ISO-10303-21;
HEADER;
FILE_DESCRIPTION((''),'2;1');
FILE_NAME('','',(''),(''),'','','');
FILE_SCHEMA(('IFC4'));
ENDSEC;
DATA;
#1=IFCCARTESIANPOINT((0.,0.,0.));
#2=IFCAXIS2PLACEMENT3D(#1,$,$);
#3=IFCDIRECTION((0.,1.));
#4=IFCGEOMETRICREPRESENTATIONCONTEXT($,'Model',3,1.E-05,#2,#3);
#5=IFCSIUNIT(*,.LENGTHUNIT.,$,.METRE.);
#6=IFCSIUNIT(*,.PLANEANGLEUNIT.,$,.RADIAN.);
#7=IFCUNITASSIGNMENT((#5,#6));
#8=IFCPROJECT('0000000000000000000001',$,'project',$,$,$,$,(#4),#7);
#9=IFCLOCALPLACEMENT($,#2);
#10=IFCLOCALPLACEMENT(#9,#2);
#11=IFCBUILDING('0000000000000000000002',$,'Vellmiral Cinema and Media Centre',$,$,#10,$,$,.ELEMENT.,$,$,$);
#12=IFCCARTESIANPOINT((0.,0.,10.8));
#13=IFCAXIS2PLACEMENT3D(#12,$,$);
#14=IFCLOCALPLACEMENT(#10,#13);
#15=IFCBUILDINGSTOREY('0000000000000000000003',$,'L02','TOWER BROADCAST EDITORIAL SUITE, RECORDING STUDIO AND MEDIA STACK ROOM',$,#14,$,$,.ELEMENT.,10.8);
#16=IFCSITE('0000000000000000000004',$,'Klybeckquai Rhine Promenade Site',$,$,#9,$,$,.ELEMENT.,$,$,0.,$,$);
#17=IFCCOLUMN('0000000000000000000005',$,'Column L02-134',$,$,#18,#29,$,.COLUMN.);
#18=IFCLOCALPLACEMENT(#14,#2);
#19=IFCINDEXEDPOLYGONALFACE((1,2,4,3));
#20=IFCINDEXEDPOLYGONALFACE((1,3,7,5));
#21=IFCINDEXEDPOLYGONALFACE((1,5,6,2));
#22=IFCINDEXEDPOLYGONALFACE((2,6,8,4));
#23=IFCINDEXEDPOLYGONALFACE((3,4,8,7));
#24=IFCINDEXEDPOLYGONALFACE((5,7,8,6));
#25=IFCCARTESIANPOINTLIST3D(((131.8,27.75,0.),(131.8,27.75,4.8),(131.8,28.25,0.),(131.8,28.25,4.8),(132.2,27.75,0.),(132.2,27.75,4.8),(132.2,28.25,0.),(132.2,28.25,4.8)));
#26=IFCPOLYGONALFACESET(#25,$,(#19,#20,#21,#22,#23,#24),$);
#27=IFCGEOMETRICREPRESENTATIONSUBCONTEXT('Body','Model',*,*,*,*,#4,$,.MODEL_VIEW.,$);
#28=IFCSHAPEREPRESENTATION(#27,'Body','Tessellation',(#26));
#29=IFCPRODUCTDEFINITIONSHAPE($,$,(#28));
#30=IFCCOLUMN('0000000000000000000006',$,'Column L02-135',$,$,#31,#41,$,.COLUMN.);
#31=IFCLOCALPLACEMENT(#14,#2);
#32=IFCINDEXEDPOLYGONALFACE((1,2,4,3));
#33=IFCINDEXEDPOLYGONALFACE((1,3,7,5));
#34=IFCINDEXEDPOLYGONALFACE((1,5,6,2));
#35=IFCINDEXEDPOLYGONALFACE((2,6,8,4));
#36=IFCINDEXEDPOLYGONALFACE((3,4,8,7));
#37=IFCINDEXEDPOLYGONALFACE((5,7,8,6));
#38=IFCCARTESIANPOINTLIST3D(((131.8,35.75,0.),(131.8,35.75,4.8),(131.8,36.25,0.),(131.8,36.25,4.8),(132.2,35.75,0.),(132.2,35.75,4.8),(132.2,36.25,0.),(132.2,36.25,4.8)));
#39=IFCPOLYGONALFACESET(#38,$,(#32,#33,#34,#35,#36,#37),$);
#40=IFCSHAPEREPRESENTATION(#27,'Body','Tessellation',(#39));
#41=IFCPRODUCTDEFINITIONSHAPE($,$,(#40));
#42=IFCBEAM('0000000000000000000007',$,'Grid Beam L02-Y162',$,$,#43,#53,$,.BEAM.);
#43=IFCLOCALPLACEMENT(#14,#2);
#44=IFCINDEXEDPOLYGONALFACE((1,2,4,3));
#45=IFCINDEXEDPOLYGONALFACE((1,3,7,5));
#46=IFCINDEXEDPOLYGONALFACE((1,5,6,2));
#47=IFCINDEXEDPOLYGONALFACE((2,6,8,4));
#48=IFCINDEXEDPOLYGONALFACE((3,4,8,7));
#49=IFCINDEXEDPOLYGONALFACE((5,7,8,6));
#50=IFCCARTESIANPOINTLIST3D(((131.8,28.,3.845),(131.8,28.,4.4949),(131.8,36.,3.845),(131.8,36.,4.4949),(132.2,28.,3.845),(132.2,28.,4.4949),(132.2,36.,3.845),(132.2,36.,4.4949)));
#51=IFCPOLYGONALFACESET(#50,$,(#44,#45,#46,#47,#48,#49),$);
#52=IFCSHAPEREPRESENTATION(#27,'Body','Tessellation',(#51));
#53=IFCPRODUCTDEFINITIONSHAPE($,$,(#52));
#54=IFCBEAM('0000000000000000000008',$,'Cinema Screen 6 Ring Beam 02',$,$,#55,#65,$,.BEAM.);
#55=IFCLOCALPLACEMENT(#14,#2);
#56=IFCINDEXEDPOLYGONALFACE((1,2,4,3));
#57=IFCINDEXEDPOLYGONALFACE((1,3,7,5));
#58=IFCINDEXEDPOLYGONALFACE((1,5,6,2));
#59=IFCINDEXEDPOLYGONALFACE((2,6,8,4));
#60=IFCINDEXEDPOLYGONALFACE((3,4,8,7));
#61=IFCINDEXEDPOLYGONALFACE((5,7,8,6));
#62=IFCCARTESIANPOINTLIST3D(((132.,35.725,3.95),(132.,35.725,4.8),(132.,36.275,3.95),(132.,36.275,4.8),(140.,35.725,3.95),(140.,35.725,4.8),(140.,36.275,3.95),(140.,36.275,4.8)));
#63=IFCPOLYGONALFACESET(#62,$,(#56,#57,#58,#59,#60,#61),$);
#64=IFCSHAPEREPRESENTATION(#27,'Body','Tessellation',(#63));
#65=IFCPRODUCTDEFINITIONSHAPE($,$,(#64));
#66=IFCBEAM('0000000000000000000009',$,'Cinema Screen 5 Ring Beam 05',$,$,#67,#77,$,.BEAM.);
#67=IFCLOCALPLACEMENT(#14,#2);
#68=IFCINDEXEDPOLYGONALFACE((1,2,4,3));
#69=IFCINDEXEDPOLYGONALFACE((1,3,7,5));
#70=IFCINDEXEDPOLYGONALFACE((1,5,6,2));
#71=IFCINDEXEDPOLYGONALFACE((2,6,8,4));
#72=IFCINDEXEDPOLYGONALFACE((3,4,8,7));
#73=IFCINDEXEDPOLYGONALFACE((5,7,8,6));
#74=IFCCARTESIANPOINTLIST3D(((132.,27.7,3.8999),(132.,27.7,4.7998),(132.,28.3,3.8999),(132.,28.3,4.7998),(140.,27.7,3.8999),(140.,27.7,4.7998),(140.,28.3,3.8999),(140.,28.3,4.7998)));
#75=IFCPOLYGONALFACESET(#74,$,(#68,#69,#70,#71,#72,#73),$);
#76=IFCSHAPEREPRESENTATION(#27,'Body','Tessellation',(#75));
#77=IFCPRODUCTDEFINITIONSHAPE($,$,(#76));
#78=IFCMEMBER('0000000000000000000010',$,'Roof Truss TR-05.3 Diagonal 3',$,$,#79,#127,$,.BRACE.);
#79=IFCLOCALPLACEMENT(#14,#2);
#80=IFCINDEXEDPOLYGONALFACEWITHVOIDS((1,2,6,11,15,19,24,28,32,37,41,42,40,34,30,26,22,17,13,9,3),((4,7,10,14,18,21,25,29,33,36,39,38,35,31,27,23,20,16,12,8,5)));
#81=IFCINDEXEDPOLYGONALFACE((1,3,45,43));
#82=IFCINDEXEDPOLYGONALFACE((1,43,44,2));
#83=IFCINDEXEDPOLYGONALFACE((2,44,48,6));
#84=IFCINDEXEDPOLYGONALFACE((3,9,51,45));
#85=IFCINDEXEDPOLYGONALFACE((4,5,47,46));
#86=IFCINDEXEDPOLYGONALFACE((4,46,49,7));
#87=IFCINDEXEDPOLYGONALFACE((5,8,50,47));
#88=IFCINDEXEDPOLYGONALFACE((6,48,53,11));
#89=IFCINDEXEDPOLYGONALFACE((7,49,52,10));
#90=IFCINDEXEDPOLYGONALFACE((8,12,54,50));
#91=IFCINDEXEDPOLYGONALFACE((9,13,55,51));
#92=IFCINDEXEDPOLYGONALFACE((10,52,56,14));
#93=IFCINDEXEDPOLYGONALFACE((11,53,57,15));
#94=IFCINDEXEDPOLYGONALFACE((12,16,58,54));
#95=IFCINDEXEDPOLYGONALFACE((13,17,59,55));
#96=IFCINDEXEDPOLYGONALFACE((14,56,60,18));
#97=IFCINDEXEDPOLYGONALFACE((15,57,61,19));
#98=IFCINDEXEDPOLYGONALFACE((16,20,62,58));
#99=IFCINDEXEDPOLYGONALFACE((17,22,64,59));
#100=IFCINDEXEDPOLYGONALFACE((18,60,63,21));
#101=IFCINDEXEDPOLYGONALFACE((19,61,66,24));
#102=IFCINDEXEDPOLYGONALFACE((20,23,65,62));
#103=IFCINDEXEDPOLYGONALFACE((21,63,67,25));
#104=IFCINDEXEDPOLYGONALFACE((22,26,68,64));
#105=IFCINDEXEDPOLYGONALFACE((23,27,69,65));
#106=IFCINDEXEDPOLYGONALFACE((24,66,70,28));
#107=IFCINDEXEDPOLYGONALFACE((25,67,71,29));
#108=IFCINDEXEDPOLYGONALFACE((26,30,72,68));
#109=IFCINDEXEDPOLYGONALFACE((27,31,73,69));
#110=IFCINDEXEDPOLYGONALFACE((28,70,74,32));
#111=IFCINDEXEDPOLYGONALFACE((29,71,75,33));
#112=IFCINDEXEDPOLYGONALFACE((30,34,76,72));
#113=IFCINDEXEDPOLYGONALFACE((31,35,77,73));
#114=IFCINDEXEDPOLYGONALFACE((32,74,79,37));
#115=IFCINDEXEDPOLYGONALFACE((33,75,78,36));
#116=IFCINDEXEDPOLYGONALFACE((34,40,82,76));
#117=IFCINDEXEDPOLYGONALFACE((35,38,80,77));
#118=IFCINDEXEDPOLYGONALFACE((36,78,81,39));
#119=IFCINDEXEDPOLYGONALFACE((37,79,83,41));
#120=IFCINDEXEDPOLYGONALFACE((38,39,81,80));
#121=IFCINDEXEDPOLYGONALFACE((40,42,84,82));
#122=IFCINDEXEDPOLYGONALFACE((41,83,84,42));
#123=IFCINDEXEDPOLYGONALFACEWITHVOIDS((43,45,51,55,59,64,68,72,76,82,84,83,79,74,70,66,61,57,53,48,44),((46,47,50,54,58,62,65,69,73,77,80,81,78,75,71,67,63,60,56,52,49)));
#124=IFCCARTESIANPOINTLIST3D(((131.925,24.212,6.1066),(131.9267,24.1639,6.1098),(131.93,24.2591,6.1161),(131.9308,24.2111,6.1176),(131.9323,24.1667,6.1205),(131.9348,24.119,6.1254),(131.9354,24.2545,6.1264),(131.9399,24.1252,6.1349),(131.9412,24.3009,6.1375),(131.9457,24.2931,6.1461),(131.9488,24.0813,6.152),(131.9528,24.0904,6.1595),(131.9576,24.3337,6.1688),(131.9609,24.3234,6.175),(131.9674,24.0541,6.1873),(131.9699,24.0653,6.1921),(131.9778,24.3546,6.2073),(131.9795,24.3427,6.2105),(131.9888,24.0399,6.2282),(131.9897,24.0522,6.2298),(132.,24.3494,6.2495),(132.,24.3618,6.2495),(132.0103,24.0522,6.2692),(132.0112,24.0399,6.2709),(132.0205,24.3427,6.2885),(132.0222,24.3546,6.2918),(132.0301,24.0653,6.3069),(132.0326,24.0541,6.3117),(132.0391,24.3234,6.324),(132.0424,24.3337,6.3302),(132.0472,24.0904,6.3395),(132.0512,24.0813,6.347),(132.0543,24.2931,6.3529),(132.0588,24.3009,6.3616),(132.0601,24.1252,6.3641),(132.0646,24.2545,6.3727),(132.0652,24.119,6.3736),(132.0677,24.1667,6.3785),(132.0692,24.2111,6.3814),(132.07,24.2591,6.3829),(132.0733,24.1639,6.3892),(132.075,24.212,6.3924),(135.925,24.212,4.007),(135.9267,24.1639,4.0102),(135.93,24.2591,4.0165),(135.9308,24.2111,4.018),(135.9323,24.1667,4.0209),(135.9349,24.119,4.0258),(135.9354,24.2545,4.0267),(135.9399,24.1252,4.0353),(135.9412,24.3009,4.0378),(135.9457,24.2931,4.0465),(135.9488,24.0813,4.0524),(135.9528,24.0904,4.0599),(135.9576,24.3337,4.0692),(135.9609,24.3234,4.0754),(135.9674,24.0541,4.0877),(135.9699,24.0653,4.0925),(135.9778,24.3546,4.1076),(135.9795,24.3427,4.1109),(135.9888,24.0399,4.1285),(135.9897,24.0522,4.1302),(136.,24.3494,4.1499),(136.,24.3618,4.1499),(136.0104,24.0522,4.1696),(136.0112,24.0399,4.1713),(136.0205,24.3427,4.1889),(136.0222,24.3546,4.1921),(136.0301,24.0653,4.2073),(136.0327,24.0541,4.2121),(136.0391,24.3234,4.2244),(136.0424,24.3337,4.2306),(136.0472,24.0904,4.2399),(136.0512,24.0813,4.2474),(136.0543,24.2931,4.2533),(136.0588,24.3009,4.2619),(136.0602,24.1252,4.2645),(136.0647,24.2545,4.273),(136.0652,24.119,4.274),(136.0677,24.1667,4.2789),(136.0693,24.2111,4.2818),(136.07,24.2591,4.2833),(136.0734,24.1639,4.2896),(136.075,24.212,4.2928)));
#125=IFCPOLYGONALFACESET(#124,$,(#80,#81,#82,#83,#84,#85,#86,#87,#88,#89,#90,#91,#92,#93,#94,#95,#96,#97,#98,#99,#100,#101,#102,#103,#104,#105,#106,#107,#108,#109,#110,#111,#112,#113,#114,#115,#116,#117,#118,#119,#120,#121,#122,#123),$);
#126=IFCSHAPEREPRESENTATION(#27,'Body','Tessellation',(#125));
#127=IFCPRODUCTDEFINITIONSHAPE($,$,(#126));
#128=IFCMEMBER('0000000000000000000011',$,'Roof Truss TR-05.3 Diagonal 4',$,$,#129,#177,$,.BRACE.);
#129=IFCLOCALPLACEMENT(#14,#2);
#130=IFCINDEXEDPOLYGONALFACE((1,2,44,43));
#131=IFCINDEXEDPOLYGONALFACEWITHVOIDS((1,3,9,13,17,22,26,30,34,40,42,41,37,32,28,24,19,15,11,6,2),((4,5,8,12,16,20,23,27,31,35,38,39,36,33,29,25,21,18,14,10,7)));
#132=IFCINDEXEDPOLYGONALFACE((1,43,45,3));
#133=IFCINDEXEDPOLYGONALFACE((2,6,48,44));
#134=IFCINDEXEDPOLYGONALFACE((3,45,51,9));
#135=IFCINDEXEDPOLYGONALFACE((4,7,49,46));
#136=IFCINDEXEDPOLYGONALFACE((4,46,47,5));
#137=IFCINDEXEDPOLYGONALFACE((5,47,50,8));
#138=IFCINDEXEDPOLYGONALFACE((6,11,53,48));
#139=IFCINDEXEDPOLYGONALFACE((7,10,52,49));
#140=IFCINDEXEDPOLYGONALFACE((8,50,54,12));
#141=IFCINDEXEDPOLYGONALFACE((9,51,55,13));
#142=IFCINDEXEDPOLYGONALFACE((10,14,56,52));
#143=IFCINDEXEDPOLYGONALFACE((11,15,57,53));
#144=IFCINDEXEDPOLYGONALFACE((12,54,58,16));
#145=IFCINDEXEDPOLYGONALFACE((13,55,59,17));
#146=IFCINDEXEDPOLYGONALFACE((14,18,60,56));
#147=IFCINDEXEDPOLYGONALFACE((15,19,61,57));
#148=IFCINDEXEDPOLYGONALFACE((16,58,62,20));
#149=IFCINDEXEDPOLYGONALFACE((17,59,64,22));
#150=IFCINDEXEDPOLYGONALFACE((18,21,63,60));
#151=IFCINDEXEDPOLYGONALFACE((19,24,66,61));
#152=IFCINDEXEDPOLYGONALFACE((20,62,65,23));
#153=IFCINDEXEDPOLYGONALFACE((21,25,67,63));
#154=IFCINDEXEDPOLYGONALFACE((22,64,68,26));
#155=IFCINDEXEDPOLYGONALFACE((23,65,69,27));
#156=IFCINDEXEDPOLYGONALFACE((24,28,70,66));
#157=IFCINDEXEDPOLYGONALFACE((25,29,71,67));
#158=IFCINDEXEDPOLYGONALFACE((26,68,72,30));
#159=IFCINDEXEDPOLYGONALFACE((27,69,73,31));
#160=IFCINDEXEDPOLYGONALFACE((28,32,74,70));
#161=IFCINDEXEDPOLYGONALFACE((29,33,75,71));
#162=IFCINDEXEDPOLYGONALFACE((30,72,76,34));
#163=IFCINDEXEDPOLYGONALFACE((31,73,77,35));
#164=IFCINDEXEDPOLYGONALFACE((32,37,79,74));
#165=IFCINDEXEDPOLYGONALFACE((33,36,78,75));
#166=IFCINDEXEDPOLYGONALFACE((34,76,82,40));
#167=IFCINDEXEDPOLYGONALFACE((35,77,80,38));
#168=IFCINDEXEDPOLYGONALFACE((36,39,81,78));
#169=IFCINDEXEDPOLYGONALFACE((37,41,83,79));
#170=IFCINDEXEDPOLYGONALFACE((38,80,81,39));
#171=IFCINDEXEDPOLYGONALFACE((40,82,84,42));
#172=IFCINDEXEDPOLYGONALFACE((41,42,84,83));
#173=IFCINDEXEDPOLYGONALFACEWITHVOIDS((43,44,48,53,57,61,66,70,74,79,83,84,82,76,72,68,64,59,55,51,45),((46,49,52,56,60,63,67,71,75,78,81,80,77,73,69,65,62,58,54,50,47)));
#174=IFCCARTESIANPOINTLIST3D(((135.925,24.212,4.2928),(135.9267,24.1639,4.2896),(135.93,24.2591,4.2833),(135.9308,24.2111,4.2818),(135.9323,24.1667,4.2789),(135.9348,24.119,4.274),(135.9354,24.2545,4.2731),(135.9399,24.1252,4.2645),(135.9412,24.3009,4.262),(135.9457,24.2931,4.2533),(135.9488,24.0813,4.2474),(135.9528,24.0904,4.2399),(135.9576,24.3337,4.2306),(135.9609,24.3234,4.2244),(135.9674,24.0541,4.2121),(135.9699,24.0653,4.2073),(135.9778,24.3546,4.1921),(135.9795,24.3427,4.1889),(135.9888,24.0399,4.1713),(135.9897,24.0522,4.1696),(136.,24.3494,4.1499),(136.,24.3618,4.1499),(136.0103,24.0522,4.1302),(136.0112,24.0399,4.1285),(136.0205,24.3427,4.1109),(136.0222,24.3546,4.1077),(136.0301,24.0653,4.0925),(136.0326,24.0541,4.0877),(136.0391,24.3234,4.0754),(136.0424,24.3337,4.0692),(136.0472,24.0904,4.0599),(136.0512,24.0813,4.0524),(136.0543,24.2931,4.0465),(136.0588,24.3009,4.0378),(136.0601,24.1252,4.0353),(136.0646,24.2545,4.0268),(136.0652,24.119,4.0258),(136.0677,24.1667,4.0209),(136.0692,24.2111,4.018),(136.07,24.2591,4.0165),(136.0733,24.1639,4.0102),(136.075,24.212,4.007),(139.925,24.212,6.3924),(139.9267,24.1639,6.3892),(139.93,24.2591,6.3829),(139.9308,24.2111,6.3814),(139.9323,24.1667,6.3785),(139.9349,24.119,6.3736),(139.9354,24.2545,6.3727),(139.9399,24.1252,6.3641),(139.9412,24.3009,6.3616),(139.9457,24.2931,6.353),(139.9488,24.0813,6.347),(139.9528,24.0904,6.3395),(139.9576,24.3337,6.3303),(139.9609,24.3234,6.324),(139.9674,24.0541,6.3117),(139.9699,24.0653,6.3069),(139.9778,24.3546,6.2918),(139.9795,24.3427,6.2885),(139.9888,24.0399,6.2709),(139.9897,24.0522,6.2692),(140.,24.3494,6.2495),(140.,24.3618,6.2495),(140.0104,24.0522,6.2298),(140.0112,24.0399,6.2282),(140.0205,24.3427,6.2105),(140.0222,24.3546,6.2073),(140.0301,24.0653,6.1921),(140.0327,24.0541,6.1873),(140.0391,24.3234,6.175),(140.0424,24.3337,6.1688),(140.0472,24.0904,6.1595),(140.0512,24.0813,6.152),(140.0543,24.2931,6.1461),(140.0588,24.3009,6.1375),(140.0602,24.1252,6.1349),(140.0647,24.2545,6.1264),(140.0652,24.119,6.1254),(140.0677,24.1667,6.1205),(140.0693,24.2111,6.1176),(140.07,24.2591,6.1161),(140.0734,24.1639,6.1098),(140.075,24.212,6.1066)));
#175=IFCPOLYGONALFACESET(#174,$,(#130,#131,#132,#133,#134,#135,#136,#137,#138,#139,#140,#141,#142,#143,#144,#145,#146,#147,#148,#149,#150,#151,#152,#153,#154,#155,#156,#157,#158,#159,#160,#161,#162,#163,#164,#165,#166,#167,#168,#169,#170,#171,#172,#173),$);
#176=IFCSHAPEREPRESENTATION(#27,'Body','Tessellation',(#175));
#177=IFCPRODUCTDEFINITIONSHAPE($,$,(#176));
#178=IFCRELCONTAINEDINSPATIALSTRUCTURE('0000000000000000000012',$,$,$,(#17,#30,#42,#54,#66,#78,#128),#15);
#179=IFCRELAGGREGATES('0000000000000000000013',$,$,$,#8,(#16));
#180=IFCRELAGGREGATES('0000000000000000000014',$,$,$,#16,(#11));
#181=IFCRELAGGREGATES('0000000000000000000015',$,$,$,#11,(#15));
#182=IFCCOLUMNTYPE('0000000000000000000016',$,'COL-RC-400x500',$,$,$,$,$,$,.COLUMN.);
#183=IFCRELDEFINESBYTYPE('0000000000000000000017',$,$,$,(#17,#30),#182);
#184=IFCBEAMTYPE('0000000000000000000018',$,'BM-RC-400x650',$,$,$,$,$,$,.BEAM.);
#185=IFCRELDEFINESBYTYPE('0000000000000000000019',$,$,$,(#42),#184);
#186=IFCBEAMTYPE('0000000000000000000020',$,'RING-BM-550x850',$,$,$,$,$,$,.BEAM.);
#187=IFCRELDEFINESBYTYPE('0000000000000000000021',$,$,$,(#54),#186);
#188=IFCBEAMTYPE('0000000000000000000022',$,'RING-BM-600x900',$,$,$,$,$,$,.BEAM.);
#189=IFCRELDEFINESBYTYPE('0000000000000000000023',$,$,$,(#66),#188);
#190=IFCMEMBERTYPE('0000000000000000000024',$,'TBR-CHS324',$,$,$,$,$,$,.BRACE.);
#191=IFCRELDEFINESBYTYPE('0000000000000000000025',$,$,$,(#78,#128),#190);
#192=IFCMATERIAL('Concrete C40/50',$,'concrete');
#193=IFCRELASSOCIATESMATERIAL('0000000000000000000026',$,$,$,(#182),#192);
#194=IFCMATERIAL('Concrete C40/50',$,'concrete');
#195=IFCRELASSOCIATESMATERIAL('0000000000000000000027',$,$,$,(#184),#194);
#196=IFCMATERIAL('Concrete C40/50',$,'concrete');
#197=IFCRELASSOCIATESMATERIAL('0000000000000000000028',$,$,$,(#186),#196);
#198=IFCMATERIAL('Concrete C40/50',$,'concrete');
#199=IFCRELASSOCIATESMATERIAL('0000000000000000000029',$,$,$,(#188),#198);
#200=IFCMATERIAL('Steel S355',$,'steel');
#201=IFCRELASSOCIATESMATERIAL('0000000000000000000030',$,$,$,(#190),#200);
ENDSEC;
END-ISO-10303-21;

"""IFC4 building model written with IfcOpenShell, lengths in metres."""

from ifc_helpers import new_model, si_unit, direction, frame, origin, origin_2d, place, context, subcontext, project, spatial, rectangle, hollow_circle, extrude, material, material_profile, profile_set, type_object, element, save


model = new_model("IFC4")

# Units and contexts
model_context = context("Model", 3, precision=1e-05, world=origin(), true_north=direction((0.0, 1.0)))
body_context = subcontext(model_context, "Body", "Model", "MODEL_VIEW")
ifc_project = project(units=[si_unit("LENGTHUNIT", "METRE"), si_unit("PLANEANGLEUNIT", "RADIAN")], contexts=[model_context])

# Site, building, storey
site_placement = place(None, origin())
site = spatial("IfcSite", under=ifc_project, at=site_placement, Name="Klybeckquai Rhine Promenade Site", CompositionType="ELEMENT", RefElevation=0.0)
building_placement = place(site_placement, origin())
building = spatial("IfcBuilding", under=site, at=building_placement, Name="Vellmiral Cinema and Media Centre", CompositionType="ELEMENT")
storey_placement = place(building_placement, frame((0.0, 0.0, 10.8)))
storey = spatial("IfcBuildingStorey", under=building, at=storey_placement, Name="L02", Description="TOWER BROADCAST EDITORIAL SUITE, RECORDING STUDIO AND MEDIA STACK ROOM", CompositionType="ELEMENT", Elevation=10.8)

# Columns
ifc_material_1 = material(Name="Concrete C40/50", Category="concrete")
ifc_material_profile_1 = material_profile(ifc_material_1, rectangle(XDim=0.3999, YDim=0.5, at=origin_2d()), Name="RC 400x500")
ifc_profile_set_1 = profile_set([ifc_material_profile_1], Name="Concrete C40/50")
column_type = type_object("IfcColumnType", Name="COL-RC-400x500", PredefinedType="COLUMN", material=ifc_profile_set_1)
for number, where, z_axis, x_axis, name in (
    (1, (132.0, 28.0, 0.0), (0.0, 0.0, 1.0), (1.0, 0.0, 0.0), "Column L02-134"),
    (2, (132.0, 36.0, 0.0), (0.0, 0.0, 1.0), (1.0, 0.0, 0.0), "Column L02-135"),
):
    element("IfcColumn", number, at=place(storey_placement, frame(where, z_axis=z_axis, x_axis=x_axis)), inside=storey, type_object=column_type, Name=name, PredefinedType="COLUMN", context=body_context, shape_type="SweptSolid", body=[
        extrude(rectangle(XDim=0.3999, YDim=0.5, at=origin_2d()), origin(), (0.0, 0.0, 1.0), 4.8),
    ])

# Beams
ifc_material_2 = material(Name="Concrete C40/50", Category="concrete")
ifc_material_profile_2 = material_profile(ifc_material_2, rectangle(XDim=0.3999, YDim=0.6499, at=origin_2d()), Name="RC 400x650")
ifc_profile_set_2 = profile_set([ifc_material_profile_2], Name="Concrete C40/50")
beam_type_1 = type_object("IfcBeamType", Name="BM-RC-400x650", PredefinedType="BEAM", material=ifc_profile_set_2)
beam_1_placement = place(storey_placement, frame((132.0, 28.0, 4.1699), z_axis=(0.0, 1.0, 0.0), x_axis=(-1.0, 0.0, 0.0)))
element("IfcBeam", 3, at=beam_1_placement, inside=storey, type_object=beam_type_1, Name="Grid Beam L02-Y162", PredefinedType="BEAM", context=body_context, shape_type="SweptSolid", body=[
    extrude(rectangle(XDim=0.3999, YDim=0.6499, at=origin_2d()), origin(), (0.0, 0.0, 1.0), 8.0),
])
ifc_material_3 = material(Name="Concrete C40/50", Category="concrete")
ifc_material_profile_3 = material_profile(ifc_material_3, rectangle(XDim=0.55, YDim=0.8501, at=origin_2d()), Name="RC 550x850")
ifc_profile_set_3 = profile_set([ifc_material_profile_3], Name="Concrete C40/50")
beam_type_2 = type_object("IfcBeamType", Name="RING-BM-550x850", PredefinedType="BEAM", material=ifc_profile_set_3)
beam_2_placement = place(storey_placement, frame((132.0, 36.0, 4.375), z_axis=(1.0, 0.0, 0.0), x_axis=(0.0, 1.0, 0.0)))
element("IfcBeam", 4, at=beam_2_placement, inside=storey, type_object=beam_type_2, Name="Cinema Screen 6 Ring Beam 02", PredefinedType="BEAM", context=body_context, shape_type="SweptSolid", body=[
    extrude(rectangle(XDim=0.55, YDim=0.8501, at=origin_2d()), origin(), (0.0, 0.0, 1.0), 8.0),
])
ifc_material_4 = material(Name="Concrete C40/50", Category="concrete")
ifc_material_profile_4 = material_profile(ifc_material_4, rectangle(XDim=0.6001, YDim=0.8999, at=origin_2d()), Name="RC 600x900")
ifc_profile_set_4 = profile_set([ifc_material_profile_4], Name="Concrete C40/50")
beam_type_3 = type_object("IfcBeamType", Name="RING-BM-600x900", PredefinedType="BEAM", material=ifc_profile_set_4)
beam_3_placement = place(storey_placement, frame((132.0, 28.0, 4.3499), z_axis=(1.0, 0.0, 0.0), x_axis=(0.0, 1.0, 0.0)))
element("IfcBeam", 5, at=beam_3_placement, inside=storey, type_object=beam_type_3, Name="Cinema Screen 5 Ring Beam 05", PredefinedType="BEAM", context=body_context, shape_type="SweptSolid", body=[
    extrude(rectangle(XDim=0.6001, YDim=0.8999, at=origin_2d()), origin(), (0.0, 0.0, 1.0), 8.0),
])

# Members
ifc_material_5 = material(Name="Steel S355", Category="steel")
ifc_material_profile_5 = material_profile(ifc_material_5, hollow_circle(Radius=0.1619, WallThickness=0.0125, at=origin_2d()), Name="CHS 323.9x12.5")
ifc_profile_set_5 = profile_set([ifc_material_profile_5], Name="Steel S355")
member_type_1 = type_object("IfcMemberType", Name="TBR-CHS324", PredefinedType="BRACE", material=ifc_profile_set_5)
for number, where, z_axis, x_axis, name in (
    (6, (132.0, 24.2, 6.2495), (0.885433, 0.0, -0.464766), (0.0, 1.0, 0.0), "Roof Truss TR-05.3 Diagonal 3"),
    (7, (136.0, 24.2, 4.1499), (0.885433, 0.0, 0.464766), (0.0, 1.0, 0.0), "Roof Truss TR-05.3 Diagonal 4"),
):
    element("IfcMember", number, at=place(storey_placement, frame(where, z_axis=z_axis, x_axis=x_axis)), inside=storey, type_object=member_type_1, Name=name, PredefinedType="BRACE", context=body_context, shape_type="SweptSolid", body=[
        extrude(hollow_circle(Radius=0.1619, WallThickness=0.0125, at=origin_2d()), origin(), (0.0, 0.0, 1.0), 4.5176),
    ])

save(model, "model.ifc")
